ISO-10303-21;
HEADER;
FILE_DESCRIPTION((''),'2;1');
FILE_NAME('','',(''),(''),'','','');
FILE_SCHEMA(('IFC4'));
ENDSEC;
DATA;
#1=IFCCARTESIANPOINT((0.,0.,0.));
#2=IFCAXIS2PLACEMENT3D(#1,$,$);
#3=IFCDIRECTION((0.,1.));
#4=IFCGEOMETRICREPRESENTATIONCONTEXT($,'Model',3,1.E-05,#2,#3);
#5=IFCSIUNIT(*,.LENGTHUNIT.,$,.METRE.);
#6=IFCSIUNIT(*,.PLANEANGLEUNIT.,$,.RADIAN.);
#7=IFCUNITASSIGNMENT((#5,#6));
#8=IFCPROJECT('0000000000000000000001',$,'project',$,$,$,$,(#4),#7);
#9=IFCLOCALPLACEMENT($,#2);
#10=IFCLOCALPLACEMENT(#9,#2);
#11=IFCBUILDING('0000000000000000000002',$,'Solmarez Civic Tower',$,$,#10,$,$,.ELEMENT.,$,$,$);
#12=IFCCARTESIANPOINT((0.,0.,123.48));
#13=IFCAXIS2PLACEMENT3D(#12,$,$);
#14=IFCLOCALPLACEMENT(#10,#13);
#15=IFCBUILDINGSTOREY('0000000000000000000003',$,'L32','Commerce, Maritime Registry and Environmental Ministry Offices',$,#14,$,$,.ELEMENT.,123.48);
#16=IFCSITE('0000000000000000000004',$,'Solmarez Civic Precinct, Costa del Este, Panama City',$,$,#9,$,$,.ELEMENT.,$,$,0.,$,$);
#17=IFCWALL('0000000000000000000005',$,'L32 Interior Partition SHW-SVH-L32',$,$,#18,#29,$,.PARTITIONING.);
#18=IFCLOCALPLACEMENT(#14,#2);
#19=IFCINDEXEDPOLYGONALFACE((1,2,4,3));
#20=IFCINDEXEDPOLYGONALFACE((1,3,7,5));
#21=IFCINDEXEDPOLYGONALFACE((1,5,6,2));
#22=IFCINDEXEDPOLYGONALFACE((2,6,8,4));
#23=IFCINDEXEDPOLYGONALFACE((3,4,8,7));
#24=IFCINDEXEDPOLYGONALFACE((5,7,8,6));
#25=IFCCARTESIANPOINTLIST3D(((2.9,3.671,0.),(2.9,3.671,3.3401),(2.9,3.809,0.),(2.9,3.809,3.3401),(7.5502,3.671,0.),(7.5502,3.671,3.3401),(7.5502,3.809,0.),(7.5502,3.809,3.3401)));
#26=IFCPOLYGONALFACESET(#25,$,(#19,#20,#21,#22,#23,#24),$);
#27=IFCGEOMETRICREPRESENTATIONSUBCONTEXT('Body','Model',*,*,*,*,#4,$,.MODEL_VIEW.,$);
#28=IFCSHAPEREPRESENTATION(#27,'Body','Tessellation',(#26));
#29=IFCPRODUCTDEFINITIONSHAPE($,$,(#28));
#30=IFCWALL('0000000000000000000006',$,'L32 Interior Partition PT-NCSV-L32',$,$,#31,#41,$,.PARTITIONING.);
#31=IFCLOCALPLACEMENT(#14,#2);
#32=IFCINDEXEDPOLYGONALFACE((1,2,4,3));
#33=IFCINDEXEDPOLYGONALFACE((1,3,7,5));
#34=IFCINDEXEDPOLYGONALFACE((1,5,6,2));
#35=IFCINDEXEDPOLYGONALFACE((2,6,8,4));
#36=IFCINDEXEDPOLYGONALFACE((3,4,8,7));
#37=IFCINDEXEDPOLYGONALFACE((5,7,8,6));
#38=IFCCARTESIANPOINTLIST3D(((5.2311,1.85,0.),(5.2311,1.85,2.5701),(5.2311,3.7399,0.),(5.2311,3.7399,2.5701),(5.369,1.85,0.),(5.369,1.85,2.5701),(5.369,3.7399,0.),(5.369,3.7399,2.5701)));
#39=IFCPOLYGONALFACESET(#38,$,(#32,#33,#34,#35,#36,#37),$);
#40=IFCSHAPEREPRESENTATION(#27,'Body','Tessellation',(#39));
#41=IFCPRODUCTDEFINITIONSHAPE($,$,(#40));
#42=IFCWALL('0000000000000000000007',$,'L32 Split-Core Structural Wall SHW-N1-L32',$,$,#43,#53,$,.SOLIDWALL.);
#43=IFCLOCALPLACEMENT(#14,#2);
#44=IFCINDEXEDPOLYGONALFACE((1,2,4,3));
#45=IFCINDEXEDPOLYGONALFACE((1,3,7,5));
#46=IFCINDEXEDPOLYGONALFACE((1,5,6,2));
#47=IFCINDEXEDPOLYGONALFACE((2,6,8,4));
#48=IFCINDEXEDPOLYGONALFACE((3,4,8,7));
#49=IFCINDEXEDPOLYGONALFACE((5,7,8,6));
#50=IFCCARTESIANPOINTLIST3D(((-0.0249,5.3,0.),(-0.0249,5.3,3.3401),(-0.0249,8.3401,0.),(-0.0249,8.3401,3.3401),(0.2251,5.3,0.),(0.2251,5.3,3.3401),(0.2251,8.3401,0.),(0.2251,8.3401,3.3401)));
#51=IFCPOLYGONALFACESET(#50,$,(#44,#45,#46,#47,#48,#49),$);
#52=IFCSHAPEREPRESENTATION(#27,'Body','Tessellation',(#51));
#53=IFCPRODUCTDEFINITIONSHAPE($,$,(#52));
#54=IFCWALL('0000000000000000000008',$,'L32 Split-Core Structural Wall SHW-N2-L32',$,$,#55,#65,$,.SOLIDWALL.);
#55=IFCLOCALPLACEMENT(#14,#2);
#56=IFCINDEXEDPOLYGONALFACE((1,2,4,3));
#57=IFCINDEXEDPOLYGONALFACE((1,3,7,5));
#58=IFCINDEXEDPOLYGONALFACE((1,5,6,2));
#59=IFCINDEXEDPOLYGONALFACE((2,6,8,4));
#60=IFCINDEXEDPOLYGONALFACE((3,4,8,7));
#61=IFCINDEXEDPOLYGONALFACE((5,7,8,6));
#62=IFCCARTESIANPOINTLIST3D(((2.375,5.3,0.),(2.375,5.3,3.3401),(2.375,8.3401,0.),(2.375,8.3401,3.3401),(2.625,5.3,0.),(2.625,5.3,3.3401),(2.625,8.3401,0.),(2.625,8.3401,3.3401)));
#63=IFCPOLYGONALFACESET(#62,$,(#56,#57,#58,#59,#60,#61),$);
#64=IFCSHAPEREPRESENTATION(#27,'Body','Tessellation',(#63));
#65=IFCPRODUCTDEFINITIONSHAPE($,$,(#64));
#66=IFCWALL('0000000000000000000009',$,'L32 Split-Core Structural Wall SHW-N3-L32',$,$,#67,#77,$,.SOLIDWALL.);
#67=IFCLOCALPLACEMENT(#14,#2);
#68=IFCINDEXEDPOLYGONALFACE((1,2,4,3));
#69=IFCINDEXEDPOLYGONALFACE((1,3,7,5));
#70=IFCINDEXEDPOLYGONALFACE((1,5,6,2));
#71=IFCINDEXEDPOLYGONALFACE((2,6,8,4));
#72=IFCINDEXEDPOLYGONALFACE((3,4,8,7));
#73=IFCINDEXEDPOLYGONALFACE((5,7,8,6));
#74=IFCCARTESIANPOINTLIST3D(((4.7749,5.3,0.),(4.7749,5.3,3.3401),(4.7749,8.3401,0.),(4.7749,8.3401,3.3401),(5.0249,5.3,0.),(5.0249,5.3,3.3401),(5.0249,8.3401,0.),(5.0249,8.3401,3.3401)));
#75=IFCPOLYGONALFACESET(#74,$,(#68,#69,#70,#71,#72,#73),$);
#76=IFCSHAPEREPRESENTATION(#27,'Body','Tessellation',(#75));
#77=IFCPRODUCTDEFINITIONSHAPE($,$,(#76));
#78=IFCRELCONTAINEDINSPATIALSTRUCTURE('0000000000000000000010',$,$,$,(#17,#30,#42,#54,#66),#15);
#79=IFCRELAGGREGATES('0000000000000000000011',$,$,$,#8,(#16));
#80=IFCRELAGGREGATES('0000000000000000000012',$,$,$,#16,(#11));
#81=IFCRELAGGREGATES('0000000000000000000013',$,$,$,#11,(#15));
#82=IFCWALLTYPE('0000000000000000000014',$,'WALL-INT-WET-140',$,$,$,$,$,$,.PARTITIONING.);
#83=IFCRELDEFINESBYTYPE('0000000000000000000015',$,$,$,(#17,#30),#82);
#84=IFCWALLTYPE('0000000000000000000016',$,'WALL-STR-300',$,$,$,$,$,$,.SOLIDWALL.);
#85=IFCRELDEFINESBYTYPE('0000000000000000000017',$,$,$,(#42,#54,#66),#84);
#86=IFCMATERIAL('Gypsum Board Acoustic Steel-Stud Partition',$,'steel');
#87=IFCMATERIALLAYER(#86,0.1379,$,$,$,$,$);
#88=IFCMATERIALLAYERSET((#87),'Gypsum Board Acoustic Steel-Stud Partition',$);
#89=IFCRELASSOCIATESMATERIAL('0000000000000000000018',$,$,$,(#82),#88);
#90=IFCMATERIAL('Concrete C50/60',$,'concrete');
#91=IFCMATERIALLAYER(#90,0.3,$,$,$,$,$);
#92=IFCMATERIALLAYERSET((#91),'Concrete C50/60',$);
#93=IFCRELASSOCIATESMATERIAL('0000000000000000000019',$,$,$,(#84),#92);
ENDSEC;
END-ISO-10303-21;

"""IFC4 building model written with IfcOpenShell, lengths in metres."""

from ifc_helpers import new_model, si_unit, direction, frame, frame_2d, origin, place, context, subcontext, project, spatial, rectangle, extrude, material, layer, layer_set, type_object, element, save


model = new_model("IFC4")

# Units and contexts
model_context = context("Model", 3, precision=1e-05, world=origin(), true_north=direction((0.0, 1.0)))
body_context = subcontext(model_context, "Body", "Model", "MODEL_VIEW")
ifc_project = project(units=[si_unit("LENGTHUNIT", "METRE"), si_unit("PLANEANGLEUNIT", "RADIAN")], contexts=[model_context])

# Site, building, storey
site_placement = place(None, origin())
site = spatial("IfcSite", under=ifc_project, at=site_placement, Name="Solmarez Civic Precinct, Costa del Este, Panama City", CompositionType="ELEMENT", RefElevation=0.0)
building_placement = place(site_placement, origin())
building = spatial("IfcBuilding", under=site, at=building_placement, Name="Solmarez Civic Tower", CompositionType="ELEMENT")
storey_placement = place(building_placement, frame((0.0, 0.0, 123.48)))
storey = spatial("IfcBuildingStorey", under=building, at=storey_placement, Name="L32", Description="Commerce, Maritime Registry and Environmental Ministry Offices", CompositionType="ELEMENT", Elevation=123.48)

# Shared definitions
ifc_material_1 = material(Name="Concrete C50/60", Category="concrete")

# Shared definitions
ifc_material_2 = material(Name="Gypsum Board Acoustic Steel-Stud Partition", Category="steel")

# Walls
ifc_layer_1 = layer(ifc_material_2, 0.1379)
ifc_layer_set_1 = layer_set([ifc_layer_1], Name="Gypsum Board Acoustic Steel-Stud Partition")
wall_type_1 = type_object("IfcWallType", Name="WALL-INT-WET-140", PredefinedType="PARTITIONING", material=ifc_layer_set_1)
wall_1_placement = place(storey_placement, frame((2.8999, 3.74, 0.0), z_axis=(0.0, 0.0, 1.0), x_axis=(1.0, 0.0, 0.0)))
element("IfcWall", 1, at=wall_1_placement, inside=storey, type_object=wall_type_1, Name="L32 Interior Partition SHW-SVH-L32", PredefinedType="PARTITIONING", context=body_context, shape_type="SweptSolid", body=[
    extrude(rectangle(XDim=4.6501, YDim=0.1379, at=frame_2d((2.3252, 0.0))), origin(), (0.0, 0.0, 1.0), 3.3401),
])
wall_2_placement = place(storey_placement, frame((5.3, 1.8501, 0.0), z_axis=(0.0, 0.0, 1.0), x_axis=(0.0, 1.0, 0.0)))
element("IfcWall", 2, at=wall_2_placement, inside=storey, type_object=wall_type_1, Name="L32 Interior Partition PT-NCSV-L32", PredefinedType="PARTITIONING", context=body_context, shape_type="SweptSolid", body=[
    extrude(rectangle(XDim=1.8899, YDim=0.1379, at=frame_2d((0.9448, 0.0))), origin(), (0.0, 0.0, 1.0), 2.5701),
])

# Shared definitions
ifc_layer_2 = layer(ifc_material_1, 0.3)
ifc_layer_set_2 = layer_set([ifc_layer_2], Name="Concrete C50/60")
wall_type_2 = type_object("IfcWallType", Name="WALL-STR-300", PredefinedType="SOLIDWALL", material=ifc_layer_set_2)

# Walls
for number, where, z_axis, x_axis, name in (
    (3, (0.1001, 5.3, 0.0), (0.0, 0.0, 1.0), (0.0, 1.0, 0.0), "L32 Split-Core Structural Wall SHW-N1-L32"),
    (4, (2.5, 5.3, 0.0), (0.0, 0.0, 1.0), (0.0, 1.0, 0.0), "L32 Split-Core Structural Wall SHW-N2-L32"),
    (5, (4.8999, 5.3, 0.0), (0.0, 0.0, 1.0), (0.0, 1.0, 0.0), "L32 Split-Core Structural Wall SHW-N3-L32"),
):
    element("IfcWall", number, at=place(storey_placement, frame(where, z_axis=z_axis, x_axis=x_axis)), inside=storey, type_object=wall_type_2, Name=name, PredefinedType="SOLIDWALL", context=body_context, shape_type="SweptSolid", body=[
        extrude(rectangle(XDim=3.04, YDim=0.25, at=frame_2d((1.52, 0.0))), origin(), (0.0, 0.0, 1.0), 3.3401),
    ])

save(model, "model.ifc")
